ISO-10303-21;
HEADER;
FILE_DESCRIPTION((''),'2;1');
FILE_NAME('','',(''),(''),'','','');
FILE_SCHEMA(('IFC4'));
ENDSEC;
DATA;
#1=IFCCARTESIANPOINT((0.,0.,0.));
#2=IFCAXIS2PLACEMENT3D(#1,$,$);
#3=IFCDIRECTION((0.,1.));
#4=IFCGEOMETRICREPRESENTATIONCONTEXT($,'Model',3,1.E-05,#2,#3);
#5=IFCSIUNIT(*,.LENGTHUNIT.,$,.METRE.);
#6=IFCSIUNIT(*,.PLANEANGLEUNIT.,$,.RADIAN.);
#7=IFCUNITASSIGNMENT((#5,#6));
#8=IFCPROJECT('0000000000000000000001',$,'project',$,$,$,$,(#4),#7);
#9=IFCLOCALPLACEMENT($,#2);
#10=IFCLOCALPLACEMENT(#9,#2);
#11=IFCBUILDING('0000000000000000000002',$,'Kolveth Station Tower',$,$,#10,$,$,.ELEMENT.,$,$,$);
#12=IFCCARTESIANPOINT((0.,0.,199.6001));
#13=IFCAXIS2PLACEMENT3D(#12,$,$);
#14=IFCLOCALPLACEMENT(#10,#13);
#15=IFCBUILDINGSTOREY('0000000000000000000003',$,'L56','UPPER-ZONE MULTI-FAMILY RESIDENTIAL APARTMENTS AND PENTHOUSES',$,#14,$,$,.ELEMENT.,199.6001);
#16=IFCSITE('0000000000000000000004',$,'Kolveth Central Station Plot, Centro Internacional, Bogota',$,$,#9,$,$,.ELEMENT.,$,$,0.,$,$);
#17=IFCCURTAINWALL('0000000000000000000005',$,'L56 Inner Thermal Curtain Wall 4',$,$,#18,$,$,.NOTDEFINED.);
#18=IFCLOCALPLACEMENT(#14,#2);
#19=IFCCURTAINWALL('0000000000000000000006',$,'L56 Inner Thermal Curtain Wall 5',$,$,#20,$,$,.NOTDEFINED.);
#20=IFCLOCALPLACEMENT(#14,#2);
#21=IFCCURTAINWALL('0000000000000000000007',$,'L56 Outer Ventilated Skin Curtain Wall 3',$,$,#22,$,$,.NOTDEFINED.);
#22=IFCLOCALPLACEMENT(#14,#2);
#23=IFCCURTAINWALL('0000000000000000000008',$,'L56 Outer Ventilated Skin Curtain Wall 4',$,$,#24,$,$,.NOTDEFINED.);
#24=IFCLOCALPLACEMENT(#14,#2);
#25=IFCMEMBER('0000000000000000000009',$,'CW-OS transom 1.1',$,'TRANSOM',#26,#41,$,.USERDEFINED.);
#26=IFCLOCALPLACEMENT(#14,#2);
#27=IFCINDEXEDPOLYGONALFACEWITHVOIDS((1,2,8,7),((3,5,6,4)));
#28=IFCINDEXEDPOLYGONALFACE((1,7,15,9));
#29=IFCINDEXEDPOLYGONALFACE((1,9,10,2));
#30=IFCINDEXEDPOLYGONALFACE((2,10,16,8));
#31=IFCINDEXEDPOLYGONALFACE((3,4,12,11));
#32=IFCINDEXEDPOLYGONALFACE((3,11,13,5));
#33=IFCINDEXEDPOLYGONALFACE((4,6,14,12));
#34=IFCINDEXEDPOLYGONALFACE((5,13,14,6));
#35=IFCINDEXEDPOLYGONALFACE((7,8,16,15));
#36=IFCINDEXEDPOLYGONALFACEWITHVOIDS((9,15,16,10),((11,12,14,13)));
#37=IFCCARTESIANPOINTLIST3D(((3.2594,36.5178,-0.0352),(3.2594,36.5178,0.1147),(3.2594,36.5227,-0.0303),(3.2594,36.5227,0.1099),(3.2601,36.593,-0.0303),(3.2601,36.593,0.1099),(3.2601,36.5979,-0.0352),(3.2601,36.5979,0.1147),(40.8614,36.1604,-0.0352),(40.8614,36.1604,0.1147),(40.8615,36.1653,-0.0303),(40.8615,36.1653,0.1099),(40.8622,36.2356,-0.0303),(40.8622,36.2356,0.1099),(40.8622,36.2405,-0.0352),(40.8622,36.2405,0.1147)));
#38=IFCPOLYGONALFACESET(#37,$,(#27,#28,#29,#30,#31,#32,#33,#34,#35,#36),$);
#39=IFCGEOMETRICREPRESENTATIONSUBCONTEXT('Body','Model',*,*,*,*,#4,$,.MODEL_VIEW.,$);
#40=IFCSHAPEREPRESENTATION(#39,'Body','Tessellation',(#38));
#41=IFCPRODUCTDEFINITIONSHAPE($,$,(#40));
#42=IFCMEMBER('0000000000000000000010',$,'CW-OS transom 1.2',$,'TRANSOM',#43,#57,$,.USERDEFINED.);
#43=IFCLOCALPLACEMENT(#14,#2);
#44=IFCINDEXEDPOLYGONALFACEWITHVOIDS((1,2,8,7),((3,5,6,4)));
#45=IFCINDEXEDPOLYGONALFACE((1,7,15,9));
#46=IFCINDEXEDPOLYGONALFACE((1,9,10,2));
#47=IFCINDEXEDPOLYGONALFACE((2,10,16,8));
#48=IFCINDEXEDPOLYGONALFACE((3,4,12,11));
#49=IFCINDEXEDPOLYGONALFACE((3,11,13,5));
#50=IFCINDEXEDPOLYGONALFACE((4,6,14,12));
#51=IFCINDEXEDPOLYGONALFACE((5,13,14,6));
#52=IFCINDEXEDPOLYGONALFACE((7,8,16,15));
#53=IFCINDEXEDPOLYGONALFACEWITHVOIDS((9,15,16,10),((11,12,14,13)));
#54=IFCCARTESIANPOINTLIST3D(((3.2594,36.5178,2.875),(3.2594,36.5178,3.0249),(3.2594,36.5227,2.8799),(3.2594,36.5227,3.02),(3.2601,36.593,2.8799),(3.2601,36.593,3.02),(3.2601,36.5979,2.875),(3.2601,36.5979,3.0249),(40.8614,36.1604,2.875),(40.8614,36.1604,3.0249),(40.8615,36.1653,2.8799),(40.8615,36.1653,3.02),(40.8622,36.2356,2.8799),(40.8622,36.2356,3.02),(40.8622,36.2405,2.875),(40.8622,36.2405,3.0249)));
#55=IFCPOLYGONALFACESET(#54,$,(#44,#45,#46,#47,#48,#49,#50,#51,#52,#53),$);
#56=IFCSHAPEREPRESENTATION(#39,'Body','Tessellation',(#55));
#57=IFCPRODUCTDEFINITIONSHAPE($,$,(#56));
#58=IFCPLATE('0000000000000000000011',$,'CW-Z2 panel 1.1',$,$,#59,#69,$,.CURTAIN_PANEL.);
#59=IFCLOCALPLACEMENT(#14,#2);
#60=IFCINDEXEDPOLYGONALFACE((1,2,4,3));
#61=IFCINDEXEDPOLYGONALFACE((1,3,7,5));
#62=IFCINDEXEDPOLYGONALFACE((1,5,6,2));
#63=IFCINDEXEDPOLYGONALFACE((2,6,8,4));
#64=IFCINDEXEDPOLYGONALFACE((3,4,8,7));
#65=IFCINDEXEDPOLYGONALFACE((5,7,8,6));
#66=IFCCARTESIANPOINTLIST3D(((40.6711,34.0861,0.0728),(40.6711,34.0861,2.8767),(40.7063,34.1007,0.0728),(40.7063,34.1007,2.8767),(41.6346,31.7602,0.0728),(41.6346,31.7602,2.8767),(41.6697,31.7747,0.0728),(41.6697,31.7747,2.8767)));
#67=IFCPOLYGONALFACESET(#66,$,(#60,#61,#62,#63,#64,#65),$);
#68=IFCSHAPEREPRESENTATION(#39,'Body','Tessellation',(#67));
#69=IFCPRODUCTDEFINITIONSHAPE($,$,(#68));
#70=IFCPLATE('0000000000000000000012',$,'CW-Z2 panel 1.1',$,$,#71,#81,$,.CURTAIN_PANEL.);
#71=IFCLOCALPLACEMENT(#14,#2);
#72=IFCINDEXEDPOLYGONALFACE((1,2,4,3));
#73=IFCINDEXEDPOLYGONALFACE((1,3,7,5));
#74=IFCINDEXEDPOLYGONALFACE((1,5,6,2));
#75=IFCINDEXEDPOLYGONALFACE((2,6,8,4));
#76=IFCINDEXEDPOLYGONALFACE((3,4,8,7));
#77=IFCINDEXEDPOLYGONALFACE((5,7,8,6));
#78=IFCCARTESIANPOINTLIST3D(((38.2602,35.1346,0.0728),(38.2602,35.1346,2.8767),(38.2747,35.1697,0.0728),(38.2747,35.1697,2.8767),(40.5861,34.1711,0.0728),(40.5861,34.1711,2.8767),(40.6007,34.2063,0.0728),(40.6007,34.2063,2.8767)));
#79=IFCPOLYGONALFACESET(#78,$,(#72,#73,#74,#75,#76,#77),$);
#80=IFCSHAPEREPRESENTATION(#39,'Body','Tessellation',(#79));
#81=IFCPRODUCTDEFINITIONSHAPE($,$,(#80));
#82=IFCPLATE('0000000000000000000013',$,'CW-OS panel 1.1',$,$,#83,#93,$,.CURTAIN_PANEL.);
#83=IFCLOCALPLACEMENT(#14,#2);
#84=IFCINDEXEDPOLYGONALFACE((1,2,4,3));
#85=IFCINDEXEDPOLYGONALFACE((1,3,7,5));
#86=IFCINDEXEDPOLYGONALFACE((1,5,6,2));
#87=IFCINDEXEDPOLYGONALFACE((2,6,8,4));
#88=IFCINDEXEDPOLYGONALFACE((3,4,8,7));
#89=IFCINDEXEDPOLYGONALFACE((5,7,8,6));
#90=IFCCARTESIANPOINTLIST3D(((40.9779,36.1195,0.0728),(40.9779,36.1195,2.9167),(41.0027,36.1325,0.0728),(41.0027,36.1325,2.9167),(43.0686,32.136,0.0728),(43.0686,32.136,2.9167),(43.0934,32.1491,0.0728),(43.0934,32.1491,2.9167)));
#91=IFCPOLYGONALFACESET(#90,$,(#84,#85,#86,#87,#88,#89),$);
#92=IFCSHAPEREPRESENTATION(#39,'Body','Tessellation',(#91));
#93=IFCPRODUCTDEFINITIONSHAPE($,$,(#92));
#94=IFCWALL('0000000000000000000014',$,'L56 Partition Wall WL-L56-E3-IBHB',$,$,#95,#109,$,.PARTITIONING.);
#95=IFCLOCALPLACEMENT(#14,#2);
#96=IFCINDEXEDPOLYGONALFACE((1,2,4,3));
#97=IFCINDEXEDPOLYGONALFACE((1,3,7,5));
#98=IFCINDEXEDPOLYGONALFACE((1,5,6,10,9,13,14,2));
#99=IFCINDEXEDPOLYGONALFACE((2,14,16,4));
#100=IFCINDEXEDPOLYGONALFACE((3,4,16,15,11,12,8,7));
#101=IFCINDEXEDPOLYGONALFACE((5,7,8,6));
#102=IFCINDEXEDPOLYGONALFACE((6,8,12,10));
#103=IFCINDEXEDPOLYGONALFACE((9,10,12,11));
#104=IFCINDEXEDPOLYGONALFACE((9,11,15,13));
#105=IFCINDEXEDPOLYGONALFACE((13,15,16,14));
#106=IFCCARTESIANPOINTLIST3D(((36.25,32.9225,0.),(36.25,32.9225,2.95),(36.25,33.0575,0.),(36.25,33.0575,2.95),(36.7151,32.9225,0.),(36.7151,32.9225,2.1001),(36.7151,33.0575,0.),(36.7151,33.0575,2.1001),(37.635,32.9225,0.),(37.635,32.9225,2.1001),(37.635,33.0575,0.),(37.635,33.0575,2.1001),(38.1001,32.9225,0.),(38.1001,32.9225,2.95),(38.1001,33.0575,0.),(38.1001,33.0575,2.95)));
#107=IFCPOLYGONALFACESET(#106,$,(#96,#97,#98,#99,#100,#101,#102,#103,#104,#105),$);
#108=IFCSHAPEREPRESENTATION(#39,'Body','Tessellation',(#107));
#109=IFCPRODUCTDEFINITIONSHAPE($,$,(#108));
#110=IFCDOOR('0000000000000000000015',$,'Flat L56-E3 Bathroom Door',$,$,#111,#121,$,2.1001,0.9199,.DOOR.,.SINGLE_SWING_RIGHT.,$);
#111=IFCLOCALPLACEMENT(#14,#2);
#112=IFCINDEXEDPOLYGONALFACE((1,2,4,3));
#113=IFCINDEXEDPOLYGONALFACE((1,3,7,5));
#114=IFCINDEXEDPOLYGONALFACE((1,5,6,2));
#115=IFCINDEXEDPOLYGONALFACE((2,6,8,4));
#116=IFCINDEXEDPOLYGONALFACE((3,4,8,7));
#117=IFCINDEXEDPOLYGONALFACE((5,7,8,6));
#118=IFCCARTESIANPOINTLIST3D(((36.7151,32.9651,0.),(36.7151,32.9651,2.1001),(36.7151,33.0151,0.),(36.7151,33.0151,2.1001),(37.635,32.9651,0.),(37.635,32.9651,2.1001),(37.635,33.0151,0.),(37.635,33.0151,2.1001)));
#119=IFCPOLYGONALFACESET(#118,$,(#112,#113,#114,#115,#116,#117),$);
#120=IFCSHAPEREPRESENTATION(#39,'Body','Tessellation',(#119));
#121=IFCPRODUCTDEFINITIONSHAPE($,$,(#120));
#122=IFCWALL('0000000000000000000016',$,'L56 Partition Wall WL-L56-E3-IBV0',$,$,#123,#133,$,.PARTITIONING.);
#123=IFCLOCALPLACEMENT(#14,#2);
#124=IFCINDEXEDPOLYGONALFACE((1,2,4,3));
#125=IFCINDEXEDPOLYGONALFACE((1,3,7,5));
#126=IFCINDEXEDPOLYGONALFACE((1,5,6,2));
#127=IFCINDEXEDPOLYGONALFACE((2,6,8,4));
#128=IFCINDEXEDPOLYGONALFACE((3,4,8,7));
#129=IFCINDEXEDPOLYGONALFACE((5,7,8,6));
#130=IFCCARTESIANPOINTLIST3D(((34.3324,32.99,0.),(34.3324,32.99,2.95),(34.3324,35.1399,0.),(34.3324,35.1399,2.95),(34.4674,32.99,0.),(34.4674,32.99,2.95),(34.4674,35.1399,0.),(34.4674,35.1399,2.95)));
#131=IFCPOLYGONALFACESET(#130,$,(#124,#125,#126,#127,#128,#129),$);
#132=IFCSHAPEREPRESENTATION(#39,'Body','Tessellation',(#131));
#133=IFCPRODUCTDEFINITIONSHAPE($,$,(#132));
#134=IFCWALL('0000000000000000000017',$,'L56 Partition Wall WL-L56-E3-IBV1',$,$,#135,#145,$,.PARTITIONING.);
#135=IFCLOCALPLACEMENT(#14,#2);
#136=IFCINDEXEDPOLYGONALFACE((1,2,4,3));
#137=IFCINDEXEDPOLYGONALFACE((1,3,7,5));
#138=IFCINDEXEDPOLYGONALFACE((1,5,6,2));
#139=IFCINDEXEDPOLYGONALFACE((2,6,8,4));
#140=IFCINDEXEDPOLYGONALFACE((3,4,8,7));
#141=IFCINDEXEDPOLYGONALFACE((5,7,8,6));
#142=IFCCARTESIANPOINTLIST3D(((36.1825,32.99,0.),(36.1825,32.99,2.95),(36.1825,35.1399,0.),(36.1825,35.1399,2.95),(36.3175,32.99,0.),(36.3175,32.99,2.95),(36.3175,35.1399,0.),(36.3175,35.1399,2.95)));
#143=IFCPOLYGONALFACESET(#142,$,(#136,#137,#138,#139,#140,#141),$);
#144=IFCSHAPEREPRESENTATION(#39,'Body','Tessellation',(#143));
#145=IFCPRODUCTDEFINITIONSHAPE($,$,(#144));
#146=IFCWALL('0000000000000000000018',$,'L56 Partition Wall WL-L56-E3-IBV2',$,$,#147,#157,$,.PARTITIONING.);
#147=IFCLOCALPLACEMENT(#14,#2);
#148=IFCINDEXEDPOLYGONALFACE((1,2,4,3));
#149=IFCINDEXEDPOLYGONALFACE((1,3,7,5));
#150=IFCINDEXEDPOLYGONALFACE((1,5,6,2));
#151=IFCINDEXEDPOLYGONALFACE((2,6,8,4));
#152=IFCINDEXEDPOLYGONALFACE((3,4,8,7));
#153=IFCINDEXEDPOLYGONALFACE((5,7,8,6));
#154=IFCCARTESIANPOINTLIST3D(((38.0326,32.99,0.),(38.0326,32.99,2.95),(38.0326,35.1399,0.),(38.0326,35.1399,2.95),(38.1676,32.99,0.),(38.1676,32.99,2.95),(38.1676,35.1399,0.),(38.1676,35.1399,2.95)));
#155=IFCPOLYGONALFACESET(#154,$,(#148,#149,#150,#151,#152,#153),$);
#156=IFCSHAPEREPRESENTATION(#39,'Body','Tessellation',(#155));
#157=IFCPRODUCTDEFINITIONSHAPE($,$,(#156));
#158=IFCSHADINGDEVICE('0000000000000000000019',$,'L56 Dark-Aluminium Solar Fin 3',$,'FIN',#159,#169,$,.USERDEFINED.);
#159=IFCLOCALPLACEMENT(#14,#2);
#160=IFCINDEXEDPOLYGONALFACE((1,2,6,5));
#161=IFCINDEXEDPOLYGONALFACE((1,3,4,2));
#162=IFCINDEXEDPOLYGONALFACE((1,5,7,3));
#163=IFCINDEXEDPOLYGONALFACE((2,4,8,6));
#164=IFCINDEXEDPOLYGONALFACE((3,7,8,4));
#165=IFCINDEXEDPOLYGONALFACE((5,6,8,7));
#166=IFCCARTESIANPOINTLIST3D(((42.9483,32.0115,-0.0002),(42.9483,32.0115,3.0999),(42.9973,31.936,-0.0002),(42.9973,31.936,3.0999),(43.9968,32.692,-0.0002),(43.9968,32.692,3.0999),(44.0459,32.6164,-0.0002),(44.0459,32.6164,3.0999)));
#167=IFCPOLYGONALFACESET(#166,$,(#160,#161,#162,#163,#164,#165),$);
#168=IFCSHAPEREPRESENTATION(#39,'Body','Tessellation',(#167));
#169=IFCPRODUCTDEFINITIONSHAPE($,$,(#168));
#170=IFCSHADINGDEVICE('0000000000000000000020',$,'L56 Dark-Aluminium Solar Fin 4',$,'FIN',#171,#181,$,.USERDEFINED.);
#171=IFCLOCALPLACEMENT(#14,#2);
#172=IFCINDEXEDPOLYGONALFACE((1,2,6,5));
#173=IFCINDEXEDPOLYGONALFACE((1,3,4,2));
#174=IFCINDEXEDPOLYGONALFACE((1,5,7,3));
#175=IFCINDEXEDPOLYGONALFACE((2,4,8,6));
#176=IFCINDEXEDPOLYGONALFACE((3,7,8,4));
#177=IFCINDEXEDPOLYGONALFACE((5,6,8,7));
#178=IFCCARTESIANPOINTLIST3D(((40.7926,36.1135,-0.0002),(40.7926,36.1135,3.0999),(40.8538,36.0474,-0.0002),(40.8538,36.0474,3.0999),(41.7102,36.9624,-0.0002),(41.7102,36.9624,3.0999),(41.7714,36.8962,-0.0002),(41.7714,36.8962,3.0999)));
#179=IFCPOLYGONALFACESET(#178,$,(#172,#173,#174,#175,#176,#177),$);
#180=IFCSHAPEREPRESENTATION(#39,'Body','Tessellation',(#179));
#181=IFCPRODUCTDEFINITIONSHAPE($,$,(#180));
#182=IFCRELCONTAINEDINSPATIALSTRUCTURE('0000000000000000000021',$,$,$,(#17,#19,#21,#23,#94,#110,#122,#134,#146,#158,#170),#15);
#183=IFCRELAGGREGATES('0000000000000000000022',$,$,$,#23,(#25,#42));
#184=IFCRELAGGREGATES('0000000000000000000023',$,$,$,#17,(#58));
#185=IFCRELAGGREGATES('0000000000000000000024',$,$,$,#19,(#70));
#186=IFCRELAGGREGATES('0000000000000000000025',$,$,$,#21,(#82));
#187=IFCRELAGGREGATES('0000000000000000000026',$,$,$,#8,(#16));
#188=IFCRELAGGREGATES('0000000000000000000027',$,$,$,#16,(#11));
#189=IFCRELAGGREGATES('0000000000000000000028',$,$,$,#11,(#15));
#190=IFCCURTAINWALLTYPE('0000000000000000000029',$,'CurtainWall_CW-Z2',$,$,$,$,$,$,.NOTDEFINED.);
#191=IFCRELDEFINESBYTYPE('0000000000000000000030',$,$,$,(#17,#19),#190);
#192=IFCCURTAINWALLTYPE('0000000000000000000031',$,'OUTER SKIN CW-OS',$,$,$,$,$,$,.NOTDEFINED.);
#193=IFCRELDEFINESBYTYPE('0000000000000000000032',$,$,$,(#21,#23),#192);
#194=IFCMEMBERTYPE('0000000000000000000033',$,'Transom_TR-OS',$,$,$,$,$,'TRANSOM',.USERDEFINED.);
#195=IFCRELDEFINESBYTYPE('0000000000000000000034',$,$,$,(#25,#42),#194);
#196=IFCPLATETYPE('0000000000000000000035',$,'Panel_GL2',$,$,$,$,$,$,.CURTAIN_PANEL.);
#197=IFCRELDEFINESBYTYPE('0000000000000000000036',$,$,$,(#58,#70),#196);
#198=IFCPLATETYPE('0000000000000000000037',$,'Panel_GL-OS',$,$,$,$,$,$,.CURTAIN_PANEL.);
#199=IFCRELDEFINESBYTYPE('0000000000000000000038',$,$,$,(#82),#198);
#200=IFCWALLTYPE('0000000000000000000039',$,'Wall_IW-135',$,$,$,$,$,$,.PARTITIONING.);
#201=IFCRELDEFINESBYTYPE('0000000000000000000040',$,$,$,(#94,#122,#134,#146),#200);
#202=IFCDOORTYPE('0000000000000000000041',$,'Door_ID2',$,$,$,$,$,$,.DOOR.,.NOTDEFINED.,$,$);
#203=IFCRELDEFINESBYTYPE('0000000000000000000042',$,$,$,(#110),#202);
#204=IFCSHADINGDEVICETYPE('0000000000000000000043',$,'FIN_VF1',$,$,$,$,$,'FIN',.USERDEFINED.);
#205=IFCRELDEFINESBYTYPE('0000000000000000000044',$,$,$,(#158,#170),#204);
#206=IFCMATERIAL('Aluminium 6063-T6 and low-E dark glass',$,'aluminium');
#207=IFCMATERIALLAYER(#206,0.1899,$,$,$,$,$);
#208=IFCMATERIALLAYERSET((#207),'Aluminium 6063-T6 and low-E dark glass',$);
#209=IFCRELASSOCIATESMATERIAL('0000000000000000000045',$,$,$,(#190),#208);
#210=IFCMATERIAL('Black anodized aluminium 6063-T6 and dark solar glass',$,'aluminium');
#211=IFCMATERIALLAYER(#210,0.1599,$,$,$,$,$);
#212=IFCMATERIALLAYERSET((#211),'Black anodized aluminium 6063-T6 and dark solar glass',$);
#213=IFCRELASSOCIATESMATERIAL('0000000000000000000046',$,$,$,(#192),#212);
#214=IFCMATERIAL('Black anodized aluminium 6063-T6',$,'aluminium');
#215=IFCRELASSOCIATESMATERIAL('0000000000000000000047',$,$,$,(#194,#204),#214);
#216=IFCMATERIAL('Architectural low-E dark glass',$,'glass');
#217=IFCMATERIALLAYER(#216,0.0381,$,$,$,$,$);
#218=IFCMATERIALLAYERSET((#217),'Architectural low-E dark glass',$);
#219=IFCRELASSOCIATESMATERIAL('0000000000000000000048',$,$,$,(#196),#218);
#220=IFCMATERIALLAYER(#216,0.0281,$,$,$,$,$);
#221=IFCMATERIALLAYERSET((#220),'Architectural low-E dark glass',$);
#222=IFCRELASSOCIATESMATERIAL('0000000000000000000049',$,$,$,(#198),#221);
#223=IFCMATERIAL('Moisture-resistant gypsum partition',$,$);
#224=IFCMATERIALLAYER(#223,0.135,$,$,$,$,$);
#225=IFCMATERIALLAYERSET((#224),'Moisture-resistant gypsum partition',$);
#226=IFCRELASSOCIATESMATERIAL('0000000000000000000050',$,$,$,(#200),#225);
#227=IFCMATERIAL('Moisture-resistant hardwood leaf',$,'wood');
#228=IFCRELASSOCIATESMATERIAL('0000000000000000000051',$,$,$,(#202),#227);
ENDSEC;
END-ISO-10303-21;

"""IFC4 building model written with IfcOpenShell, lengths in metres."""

from ifc_helpers import new_model, si_unit, direction, frame, frame_2d, origin, origin_2d, place, context, subcontext, project, spatial, rectangle, hollow_rectangle, extrude, source, transform, mapped, material, layer, layer_set, material_profile, profile_set, type_object, element, fill, aggregate, save


model = new_model("IFC4")

# Units and contexts
model_context = context("Model", 3, precision=1e-05, world=origin(), true_north=direction((0.0, 1.0)))
body_context = subcontext(model_context, "Body", "Model", "MODEL_VIEW")
ifc_project = project(units=[si_unit("LENGTHUNIT", "METRE"), si_unit("PLANEANGLEUNIT", "RADIAN")], contexts=[model_context])

# Site, building, storey
site_placement = place(None, origin())
site = spatial("IfcSite", under=ifc_project, at=site_placement, Name="Kolveth Central Station Plot, Centro Internacional, Bogota", CompositionType="ELEMENT", RefElevation=0.0)
building_placement = place(site_placement, origin())
building = spatial("IfcBuilding", under=site, at=building_placement, Name="Kolveth Station Tower", CompositionType="ELEMENT")
storey_placement = place(building_placement, frame((0.0, 0.0, 199.6001)))
storey = spatial("IfcBuildingStorey", under=building, at=storey_placement, Name="L56", Description="UPPER-ZONE MULTI-FAMILY RESIDENTIAL APARTMENTS AND PENTHOUSES", CompositionType="ELEMENT", Elevation=199.6001)

# Curtain wall
ifc_material_1 = material(Name="Aluminium 6063-T6 and low-E dark glass", Category="aluminium")
ifc_layer_1 = layer(ifc_material_1, 0.1899)
ifc_layer_set_1 = layer_set([ifc_layer_1], Name="Aluminium 6063-T6 and low-E dark glass")
curtain_wall_type_1 = type_object("IfcCurtainWallType", Name="CurtainWall_CW-Z2", PredefinedType="NOTDEFINED", material=ifc_layer_set_1)
curtain_wall_1_placement = place(storey_placement, origin())
curtain_wall_1 = element("IfcCurtainWall", 1, at=curtain_wall_1_placement, inside=storey, type_object=curtain_wall_type_1, Name="L56 Inner Thermal Curtain Wall 4", PredefinedType="NOTDEFINED")
ifc_material_2 = material(Name="Black anodized aluminium 6063-T6", Category="aluminium")

# Curtain wall
curtain_wall_2_placement = place(storey_placement, origin())
curtain_wall_2 = element("IfcCurtainWall", 2, at=curtain_wall_2_placement, inside=storey, type_object=curtain_wall_type_1, Name="L56 Inner Thermal Curtain Wall 5", PredefinedType="NOTDEFINED")

# Curtain walls
ifc_material_3 = material(Name="Black anodized aluminium 6063-T6 and dark solar glass", Category="aluminium")
ifc_layer_2 = layer(ifc_material_3, 0.1599)
ifc_layer_set_2 = layer_set([ifc_layer_2], Name="Black anodized aluminium 6063-T6 and dark solar glass")
curtain_wall_type_2 = type_object("IfcCurtainWallType", Name="OUTER SKIN CW-OS", PredefinedType="NOTDEFINED", material=ifc_layer_set_2)
curtain_wall_3_placement = place(storey_placement, origin())
curtain_wall_3 = element("IfcCurtainWall", 3, at=curtain_wall_3_placement, inside=storey, type_object=curtain_wall_type_2, Name="L56 Outer Ventilated Skin Curtain Wall 3", PredefinedType="NOTDEFINED")
curtain_wall_4_placement = place(storey_placement, origin())
curtain_wall_4 = element("IfcCurtainWall", 4, at=curtain_wall_4_placement, inside=storey, type_object=curtain_wall_type_2, Name="L56 Outer Ventilated Skin Curtain Wall 4", PredefinedType="NOTDEFINED")

# Members
ifc_material_profile_1 = material_profile(ifc_material_2, hollow_rectangle(XDim=0.0801, YDim=0.1499, WallThickness=0.0049, at=origin_2d()), Name="ALU-80x150x5")
ifc_profile_set_1 = profile_set([ifc_material_profile_1], Name="Black anodized aluminium 6063-T6")
member_type_1 = type_object("IfcMemberType", Name="Transom_TR-OS", ElementType="TRANSOM", PredefinedType="USERDEFINED", material=ifc_profile_set_1)
shared_shape_1 = source(origin(), body_context, "Body", "SweptSolid", [
    extrude(hollow_rectangle(XDim=0.0801, YDim=0.1499, WallThickness=0.0049, at=origin_2d()), origin(), (0.0, 0.0, 1.0), 37.6038),
])
member_1_placement = place(storey_placement, frame((40.8618, 36.2004, 0.0398), z_axis=(-0.999955, 0.009505, 0.0), x_axis=(-0.009505, -0.999955, 0.0)))
member_1 = element("IfcMember", 5, at=member_1_placement, type_object=member_type_1, Name="CW-OS transom 1.1", ObjectType="TRANSOM", PredefinedType="USERDEFINED", context=body_context, shape_type="MappedRepresentation", body=[
    mapped(shared_shape_1, transform((0.0, 0.0, 0.0), x_axis=(1.0, 0.0, 0.0), y_axis=(0.0, 1.0, 0.0), z_axis=(0.0, 0.0, 1.0), scale=1.0)),
])
member_2_placement = place(storey_placement, frame((40.8618, 36.2004, 2.95), z_axis=(-0.999955, 0.009505, 0.0), x_axis=(-0.009505, -0.999955, 0.0)))
member_2 = element("IfcMember", 6, at=member_2_placement, type_object=member_type_1, Name="CW-OS transom 1.2", ObjectType="TRANSOM", PredefinedType="USERDEFINED", context=body_context, shape_type="MappedRepresentation", body=[
    mapped(shared_shape_1, transform((0.0, 0.0, 0.0), x_axis=(1.0, 0.0, 0.0), y_axis=(0.0, 1.0, 0.0), z_axis=(0.0, 0.0, 1.0), scale=1.0)),
])
aggregate(curtain_wall_4, [member_1, member_2])

# Plates
ifc_material_4 = material(Name="Architectural low-E dark glass", Category="glass")
ifc_layer_3 = layer(ifc_material_4, 0.0381)
ifc_layer_set_3 = layer_set([ifc_layer_3], Name="Architectural low-E dark glass")
plate_type_1 = type_object("IfcPlateType", Name="Panel_GL2", PredefinedType="CURTAIN_PANEL", material=ifc_layer_set_3)
shared_shape_2 = source(origin(), body_context, "Body", "SweptSolid", [
    extrude(rectangle(XDim=2.5176, YDim=0.0381, at=origin_2d()), origin(), (0.0, 0.0, 1.0), 2.804),
])
plate_1_placement = place(storey_placement, frame((41.1704, 32.9304, 0.0728), z_axis=(0.0, 0.0, 1.0), x_axis=(-0.382698, 0.923874, 0.0)))
plate_1 = element("IfcPlate", 7, at=plate_1_placement, type_object=plate_type_1, Name="CW-Z2 panel 1.1", PredefinedType="CURTAIN_PANEL", context=body_context, shape_type="MappedRepresentation", body=[
    mapped(shared_shape_2, transform((0.0, 0.0, 0.0), x_axis=(1.0, 0.0, 0.0), y_axis=(0.0, 1.0, 0.0), z_axis=(0.0, 0.0, 1.0), scale=1.0)),
])
aggregate(curtain_wall_1, [plate_1])
plate_2_placement = place(storey_placement, frame((39.4304, 34.6704, 0.0728), z_axis=(0.0, 0.0, 1.0), x_axis=(-0.923874, 0.382698, 0.0)))
plate_2 = element("IfcPlate", 8, at=plate_2_placement, type_object=plate_type_1, Name="CW-Z2 panel 1.1", PredefinedType="CURTAIN_PANEL", context=body_context, shape_type="MappedRepresentation", body=[
    mapped(shared_shape_2, transform((0.0, 0.0, 0.0), x_axis=(1.0, 0.0, 0.0), y_axis=(0.0, 1.0, 0.0), z_axis=(0.0, 0.0, 1.0), scale=1.0)),
])
aggregate(curtain_wall_2, [plate_2])
ifc_layer_4 = layer(ifc_material_4, 0.0281)
ifc_layer_set_4 = layer_set([ifc_layer_4], Name="Architectural low-E dark glass")
plate_type_2 = type_object("IfcPlateType", Name="Panel_GL-OS", PredefinedType="CURTAIN_PANEL", material=ifc_layer_set_4)
shared_shape_3 = source(origin(), body_context, "Body", "SweptSolid", [
    extrude(rectangle(XDim=4.4988, YDim=0.0281, at=origin_2d()), origin(), (0.0, 0.0, 1.0), 2.844),
])
plate_3_placement = place(storey_placement, frame((42.0356, 34.1343, 0.0728), z_axis=(0.0, 0.0, 1.0), x_axis=(-0.464722, 0.885457, 0.0)))
plate_3 = element("IfcPlate", 9, at=plate_3_placement, type_object=plate_type_2, Name="CW-OS panel 1.1", PredefinedType="CURTAIN_PANEL", context=body_context, shape_type="MappedRepresentation", body=[
    mapped(shared_shape_3, transform((0.0, 0.0, 0.0), x_axis=(1.0, 0.0, 0.0), y_axis=(0.0, 1.0, 0.0), z_axis=(0.0, 0.0, 1.0), scale=1.0)),
])
aggregate(curtain_wall_3, [plate_3])

# Wall, opening, door
ifc_material_5 = material(Name="Moisture-resistant gypsum partition")
ifc_layer_5 = layer(ifc_material_5, 0.135)
ifc_layer_set_5 = layer_set([ifc_layer_5], Name="Moisture-resistant gypsum partition")
wall_type = type_object("IfcWallType", Name="Wall_IW-135", PredefinedType="PARTITIONING", material=ifc_layer_set_5)
wall_1_placement = place(storey_placement, frame((36.25, 32.99, 0.0), z_axis=(0.0, 0.0, 1.0), x_axis=(1.0, 0.0, 0.0)))
wall_1 = element("IfcWall", 10, at=wall_1_placement, inside=storey, type_object=wall_type, Name="L56 Partition Wall WL-L56-E3-IBHB", PredefinedType="PARTITIONING", context=body_context, shape_type="SweptSolid", body=[
    extrude(rectangle(XDim=1.8501, YDim=0.135, at=frame_2d((0.925, 0.0))), origin(), (0.0, 0.0, 1.0), 2.95),
])
opening_1_placement = place(wall_1_placement, frame((0.4651, 0.0, 0.0)))
opening_1 = element("IfcOpeningElement", 11, at=opening_1_placement, cuts=wall_1, PredefinedType="OPENING", context=body_context, shape_type="SweptSolid", body=[
    extrude(rectangle(XDim=0.9199, YDim=2.1001, at=frame_2d((0.46, 1.05))), frame((0.0, 0.0774, 0.0), z_axis=(0.0, -1.0, 0.0), x_axis=(1.0, 0.0, 0.0)), (0.0, 0.0, 1.0), 0.155),
])
ifc_material_6 = material(Name="Moisture-resistant hardwood leaf", Category="wood")
door_type_1 = type_object("IfcDoorType", Name="Door_ID2", OperationType="NOTDEFINED", PredefinedType="DOOR", material=ifc_material_6)
door_1_placement = place(opening_1_placement, frame((0.9199, 0.0, 0.0), z_axis=(0.0, 0.0, 1.0), x_axis=(-1.0, 0.0, 0.0)))
door_1 = element("IfcDoor", 12, at=door_1_placement, inside=storey, type_object=door_type_1, Name="Flat L56-E3 Bathroom Door", OperationType="SINGLE_SWING_RIGHT", OverallHeight=2.1001, OverallWidth=0.9199, PredefinedType="DOOR", context=body_context, shape_type="SweptSolid", body=[
    extrude(rectangle(XDim=0.9199, YDim=2.1001, at=frame_2d((0.46, 1.05))), frame((0.0, 0.0249, 0.0), z_axis=(0.0, -1.0, 0.0), x_axis=(1.0, 0.0, 0.0)), (0.0, 0.0, 1.0), 0.05),
])
fill(opening_1, door_1)

# Walls
for number, where, z_axis, x_axis, name in (
    (13, (34.3999, 32.99, 0.0), (0.0, 0.0, 1.0), (0.0, 1.0, 0.0), "L56 Partition Wall WL-L56-E3-IBV0"),
    (14, (36.25, 32.99, 0.0), (0.0, 0.0, 1.0), (0.0, 1.0, 0.0), "L56 Partition Wall WL-L56-E3-IBV1"),
    (15, (38.1001, 32.99, 0.0), (0.0, 0.0, 1.0), (0.0, 1.0, 0.0), "L56 Partition Wall WL-L56-E3-IBV2"),
):
    element("IfcWall", number, at=place(storey_placement, frame(where, z_axis=z_axis, x_axis=x_axis)), inside=storey, type_object=wall_type, Name=name, PredefinedType="PARTITIONING", context=body_context, shape_type="SweptSolid", body=[
        extrude(rectangle(XDim=2.1499, YDim=0.135, at=frame_2d((1.075, 0.0))), origin(), (0.0, 0.0, 1.0), 2.95),
    ])

# Shading devices
shading_device_type = type_object("IfcShadingDeviceType", Name="FIN_VF1", ElementType="FIN", PredefinedType="USERDEFINED", material=ifc_material_2)
shared_shape_4 = source(origin(), body_context, "Body", "SweptSolid", [
    extrude(rectangle(XDim=1.25, YDim=0.0901, at=origin_2d()), origin(), (0.0, 0.0, 1.0), 3.1001),
])
for number, where, z_axis, x_axis, name in (
    (16, (43.4971, 32.314, -0.0002), (0.0, 0.0, 1.0), (0.838861, 0.544346, 0.0), "L56 Dark-Aluminium Solar Fin 3"),
    (17, (41.282, 36.5049, -0.0002), (0.0, 0.0, 1.0), (0.734086, 0.679057, 0.0), "L56 Dark-Aluminium Solar Fin 4"),
):
    element("IfcShadingDevice", number, at=place(storey_placement, frame(where, z_axis=z_axis, x_axis=x_axis)), inside=storey, type_object=shading_device_type, Name=name, ObjectType="FIN", PredefinedType="USERDEFINED", context=body_context, shape_type="MappedRepresentation", body=[
        mapped(shared_shape_4, transform((0.0, 0.0, 0.0), x_axis=(1.0, 0.0, 0.0), y_axis=(0.0, 1.0, 0.0), z_axis=(0.0, 0.0, 1.0), scale=1.0)),
    ])

save(model, "model.ifc")
